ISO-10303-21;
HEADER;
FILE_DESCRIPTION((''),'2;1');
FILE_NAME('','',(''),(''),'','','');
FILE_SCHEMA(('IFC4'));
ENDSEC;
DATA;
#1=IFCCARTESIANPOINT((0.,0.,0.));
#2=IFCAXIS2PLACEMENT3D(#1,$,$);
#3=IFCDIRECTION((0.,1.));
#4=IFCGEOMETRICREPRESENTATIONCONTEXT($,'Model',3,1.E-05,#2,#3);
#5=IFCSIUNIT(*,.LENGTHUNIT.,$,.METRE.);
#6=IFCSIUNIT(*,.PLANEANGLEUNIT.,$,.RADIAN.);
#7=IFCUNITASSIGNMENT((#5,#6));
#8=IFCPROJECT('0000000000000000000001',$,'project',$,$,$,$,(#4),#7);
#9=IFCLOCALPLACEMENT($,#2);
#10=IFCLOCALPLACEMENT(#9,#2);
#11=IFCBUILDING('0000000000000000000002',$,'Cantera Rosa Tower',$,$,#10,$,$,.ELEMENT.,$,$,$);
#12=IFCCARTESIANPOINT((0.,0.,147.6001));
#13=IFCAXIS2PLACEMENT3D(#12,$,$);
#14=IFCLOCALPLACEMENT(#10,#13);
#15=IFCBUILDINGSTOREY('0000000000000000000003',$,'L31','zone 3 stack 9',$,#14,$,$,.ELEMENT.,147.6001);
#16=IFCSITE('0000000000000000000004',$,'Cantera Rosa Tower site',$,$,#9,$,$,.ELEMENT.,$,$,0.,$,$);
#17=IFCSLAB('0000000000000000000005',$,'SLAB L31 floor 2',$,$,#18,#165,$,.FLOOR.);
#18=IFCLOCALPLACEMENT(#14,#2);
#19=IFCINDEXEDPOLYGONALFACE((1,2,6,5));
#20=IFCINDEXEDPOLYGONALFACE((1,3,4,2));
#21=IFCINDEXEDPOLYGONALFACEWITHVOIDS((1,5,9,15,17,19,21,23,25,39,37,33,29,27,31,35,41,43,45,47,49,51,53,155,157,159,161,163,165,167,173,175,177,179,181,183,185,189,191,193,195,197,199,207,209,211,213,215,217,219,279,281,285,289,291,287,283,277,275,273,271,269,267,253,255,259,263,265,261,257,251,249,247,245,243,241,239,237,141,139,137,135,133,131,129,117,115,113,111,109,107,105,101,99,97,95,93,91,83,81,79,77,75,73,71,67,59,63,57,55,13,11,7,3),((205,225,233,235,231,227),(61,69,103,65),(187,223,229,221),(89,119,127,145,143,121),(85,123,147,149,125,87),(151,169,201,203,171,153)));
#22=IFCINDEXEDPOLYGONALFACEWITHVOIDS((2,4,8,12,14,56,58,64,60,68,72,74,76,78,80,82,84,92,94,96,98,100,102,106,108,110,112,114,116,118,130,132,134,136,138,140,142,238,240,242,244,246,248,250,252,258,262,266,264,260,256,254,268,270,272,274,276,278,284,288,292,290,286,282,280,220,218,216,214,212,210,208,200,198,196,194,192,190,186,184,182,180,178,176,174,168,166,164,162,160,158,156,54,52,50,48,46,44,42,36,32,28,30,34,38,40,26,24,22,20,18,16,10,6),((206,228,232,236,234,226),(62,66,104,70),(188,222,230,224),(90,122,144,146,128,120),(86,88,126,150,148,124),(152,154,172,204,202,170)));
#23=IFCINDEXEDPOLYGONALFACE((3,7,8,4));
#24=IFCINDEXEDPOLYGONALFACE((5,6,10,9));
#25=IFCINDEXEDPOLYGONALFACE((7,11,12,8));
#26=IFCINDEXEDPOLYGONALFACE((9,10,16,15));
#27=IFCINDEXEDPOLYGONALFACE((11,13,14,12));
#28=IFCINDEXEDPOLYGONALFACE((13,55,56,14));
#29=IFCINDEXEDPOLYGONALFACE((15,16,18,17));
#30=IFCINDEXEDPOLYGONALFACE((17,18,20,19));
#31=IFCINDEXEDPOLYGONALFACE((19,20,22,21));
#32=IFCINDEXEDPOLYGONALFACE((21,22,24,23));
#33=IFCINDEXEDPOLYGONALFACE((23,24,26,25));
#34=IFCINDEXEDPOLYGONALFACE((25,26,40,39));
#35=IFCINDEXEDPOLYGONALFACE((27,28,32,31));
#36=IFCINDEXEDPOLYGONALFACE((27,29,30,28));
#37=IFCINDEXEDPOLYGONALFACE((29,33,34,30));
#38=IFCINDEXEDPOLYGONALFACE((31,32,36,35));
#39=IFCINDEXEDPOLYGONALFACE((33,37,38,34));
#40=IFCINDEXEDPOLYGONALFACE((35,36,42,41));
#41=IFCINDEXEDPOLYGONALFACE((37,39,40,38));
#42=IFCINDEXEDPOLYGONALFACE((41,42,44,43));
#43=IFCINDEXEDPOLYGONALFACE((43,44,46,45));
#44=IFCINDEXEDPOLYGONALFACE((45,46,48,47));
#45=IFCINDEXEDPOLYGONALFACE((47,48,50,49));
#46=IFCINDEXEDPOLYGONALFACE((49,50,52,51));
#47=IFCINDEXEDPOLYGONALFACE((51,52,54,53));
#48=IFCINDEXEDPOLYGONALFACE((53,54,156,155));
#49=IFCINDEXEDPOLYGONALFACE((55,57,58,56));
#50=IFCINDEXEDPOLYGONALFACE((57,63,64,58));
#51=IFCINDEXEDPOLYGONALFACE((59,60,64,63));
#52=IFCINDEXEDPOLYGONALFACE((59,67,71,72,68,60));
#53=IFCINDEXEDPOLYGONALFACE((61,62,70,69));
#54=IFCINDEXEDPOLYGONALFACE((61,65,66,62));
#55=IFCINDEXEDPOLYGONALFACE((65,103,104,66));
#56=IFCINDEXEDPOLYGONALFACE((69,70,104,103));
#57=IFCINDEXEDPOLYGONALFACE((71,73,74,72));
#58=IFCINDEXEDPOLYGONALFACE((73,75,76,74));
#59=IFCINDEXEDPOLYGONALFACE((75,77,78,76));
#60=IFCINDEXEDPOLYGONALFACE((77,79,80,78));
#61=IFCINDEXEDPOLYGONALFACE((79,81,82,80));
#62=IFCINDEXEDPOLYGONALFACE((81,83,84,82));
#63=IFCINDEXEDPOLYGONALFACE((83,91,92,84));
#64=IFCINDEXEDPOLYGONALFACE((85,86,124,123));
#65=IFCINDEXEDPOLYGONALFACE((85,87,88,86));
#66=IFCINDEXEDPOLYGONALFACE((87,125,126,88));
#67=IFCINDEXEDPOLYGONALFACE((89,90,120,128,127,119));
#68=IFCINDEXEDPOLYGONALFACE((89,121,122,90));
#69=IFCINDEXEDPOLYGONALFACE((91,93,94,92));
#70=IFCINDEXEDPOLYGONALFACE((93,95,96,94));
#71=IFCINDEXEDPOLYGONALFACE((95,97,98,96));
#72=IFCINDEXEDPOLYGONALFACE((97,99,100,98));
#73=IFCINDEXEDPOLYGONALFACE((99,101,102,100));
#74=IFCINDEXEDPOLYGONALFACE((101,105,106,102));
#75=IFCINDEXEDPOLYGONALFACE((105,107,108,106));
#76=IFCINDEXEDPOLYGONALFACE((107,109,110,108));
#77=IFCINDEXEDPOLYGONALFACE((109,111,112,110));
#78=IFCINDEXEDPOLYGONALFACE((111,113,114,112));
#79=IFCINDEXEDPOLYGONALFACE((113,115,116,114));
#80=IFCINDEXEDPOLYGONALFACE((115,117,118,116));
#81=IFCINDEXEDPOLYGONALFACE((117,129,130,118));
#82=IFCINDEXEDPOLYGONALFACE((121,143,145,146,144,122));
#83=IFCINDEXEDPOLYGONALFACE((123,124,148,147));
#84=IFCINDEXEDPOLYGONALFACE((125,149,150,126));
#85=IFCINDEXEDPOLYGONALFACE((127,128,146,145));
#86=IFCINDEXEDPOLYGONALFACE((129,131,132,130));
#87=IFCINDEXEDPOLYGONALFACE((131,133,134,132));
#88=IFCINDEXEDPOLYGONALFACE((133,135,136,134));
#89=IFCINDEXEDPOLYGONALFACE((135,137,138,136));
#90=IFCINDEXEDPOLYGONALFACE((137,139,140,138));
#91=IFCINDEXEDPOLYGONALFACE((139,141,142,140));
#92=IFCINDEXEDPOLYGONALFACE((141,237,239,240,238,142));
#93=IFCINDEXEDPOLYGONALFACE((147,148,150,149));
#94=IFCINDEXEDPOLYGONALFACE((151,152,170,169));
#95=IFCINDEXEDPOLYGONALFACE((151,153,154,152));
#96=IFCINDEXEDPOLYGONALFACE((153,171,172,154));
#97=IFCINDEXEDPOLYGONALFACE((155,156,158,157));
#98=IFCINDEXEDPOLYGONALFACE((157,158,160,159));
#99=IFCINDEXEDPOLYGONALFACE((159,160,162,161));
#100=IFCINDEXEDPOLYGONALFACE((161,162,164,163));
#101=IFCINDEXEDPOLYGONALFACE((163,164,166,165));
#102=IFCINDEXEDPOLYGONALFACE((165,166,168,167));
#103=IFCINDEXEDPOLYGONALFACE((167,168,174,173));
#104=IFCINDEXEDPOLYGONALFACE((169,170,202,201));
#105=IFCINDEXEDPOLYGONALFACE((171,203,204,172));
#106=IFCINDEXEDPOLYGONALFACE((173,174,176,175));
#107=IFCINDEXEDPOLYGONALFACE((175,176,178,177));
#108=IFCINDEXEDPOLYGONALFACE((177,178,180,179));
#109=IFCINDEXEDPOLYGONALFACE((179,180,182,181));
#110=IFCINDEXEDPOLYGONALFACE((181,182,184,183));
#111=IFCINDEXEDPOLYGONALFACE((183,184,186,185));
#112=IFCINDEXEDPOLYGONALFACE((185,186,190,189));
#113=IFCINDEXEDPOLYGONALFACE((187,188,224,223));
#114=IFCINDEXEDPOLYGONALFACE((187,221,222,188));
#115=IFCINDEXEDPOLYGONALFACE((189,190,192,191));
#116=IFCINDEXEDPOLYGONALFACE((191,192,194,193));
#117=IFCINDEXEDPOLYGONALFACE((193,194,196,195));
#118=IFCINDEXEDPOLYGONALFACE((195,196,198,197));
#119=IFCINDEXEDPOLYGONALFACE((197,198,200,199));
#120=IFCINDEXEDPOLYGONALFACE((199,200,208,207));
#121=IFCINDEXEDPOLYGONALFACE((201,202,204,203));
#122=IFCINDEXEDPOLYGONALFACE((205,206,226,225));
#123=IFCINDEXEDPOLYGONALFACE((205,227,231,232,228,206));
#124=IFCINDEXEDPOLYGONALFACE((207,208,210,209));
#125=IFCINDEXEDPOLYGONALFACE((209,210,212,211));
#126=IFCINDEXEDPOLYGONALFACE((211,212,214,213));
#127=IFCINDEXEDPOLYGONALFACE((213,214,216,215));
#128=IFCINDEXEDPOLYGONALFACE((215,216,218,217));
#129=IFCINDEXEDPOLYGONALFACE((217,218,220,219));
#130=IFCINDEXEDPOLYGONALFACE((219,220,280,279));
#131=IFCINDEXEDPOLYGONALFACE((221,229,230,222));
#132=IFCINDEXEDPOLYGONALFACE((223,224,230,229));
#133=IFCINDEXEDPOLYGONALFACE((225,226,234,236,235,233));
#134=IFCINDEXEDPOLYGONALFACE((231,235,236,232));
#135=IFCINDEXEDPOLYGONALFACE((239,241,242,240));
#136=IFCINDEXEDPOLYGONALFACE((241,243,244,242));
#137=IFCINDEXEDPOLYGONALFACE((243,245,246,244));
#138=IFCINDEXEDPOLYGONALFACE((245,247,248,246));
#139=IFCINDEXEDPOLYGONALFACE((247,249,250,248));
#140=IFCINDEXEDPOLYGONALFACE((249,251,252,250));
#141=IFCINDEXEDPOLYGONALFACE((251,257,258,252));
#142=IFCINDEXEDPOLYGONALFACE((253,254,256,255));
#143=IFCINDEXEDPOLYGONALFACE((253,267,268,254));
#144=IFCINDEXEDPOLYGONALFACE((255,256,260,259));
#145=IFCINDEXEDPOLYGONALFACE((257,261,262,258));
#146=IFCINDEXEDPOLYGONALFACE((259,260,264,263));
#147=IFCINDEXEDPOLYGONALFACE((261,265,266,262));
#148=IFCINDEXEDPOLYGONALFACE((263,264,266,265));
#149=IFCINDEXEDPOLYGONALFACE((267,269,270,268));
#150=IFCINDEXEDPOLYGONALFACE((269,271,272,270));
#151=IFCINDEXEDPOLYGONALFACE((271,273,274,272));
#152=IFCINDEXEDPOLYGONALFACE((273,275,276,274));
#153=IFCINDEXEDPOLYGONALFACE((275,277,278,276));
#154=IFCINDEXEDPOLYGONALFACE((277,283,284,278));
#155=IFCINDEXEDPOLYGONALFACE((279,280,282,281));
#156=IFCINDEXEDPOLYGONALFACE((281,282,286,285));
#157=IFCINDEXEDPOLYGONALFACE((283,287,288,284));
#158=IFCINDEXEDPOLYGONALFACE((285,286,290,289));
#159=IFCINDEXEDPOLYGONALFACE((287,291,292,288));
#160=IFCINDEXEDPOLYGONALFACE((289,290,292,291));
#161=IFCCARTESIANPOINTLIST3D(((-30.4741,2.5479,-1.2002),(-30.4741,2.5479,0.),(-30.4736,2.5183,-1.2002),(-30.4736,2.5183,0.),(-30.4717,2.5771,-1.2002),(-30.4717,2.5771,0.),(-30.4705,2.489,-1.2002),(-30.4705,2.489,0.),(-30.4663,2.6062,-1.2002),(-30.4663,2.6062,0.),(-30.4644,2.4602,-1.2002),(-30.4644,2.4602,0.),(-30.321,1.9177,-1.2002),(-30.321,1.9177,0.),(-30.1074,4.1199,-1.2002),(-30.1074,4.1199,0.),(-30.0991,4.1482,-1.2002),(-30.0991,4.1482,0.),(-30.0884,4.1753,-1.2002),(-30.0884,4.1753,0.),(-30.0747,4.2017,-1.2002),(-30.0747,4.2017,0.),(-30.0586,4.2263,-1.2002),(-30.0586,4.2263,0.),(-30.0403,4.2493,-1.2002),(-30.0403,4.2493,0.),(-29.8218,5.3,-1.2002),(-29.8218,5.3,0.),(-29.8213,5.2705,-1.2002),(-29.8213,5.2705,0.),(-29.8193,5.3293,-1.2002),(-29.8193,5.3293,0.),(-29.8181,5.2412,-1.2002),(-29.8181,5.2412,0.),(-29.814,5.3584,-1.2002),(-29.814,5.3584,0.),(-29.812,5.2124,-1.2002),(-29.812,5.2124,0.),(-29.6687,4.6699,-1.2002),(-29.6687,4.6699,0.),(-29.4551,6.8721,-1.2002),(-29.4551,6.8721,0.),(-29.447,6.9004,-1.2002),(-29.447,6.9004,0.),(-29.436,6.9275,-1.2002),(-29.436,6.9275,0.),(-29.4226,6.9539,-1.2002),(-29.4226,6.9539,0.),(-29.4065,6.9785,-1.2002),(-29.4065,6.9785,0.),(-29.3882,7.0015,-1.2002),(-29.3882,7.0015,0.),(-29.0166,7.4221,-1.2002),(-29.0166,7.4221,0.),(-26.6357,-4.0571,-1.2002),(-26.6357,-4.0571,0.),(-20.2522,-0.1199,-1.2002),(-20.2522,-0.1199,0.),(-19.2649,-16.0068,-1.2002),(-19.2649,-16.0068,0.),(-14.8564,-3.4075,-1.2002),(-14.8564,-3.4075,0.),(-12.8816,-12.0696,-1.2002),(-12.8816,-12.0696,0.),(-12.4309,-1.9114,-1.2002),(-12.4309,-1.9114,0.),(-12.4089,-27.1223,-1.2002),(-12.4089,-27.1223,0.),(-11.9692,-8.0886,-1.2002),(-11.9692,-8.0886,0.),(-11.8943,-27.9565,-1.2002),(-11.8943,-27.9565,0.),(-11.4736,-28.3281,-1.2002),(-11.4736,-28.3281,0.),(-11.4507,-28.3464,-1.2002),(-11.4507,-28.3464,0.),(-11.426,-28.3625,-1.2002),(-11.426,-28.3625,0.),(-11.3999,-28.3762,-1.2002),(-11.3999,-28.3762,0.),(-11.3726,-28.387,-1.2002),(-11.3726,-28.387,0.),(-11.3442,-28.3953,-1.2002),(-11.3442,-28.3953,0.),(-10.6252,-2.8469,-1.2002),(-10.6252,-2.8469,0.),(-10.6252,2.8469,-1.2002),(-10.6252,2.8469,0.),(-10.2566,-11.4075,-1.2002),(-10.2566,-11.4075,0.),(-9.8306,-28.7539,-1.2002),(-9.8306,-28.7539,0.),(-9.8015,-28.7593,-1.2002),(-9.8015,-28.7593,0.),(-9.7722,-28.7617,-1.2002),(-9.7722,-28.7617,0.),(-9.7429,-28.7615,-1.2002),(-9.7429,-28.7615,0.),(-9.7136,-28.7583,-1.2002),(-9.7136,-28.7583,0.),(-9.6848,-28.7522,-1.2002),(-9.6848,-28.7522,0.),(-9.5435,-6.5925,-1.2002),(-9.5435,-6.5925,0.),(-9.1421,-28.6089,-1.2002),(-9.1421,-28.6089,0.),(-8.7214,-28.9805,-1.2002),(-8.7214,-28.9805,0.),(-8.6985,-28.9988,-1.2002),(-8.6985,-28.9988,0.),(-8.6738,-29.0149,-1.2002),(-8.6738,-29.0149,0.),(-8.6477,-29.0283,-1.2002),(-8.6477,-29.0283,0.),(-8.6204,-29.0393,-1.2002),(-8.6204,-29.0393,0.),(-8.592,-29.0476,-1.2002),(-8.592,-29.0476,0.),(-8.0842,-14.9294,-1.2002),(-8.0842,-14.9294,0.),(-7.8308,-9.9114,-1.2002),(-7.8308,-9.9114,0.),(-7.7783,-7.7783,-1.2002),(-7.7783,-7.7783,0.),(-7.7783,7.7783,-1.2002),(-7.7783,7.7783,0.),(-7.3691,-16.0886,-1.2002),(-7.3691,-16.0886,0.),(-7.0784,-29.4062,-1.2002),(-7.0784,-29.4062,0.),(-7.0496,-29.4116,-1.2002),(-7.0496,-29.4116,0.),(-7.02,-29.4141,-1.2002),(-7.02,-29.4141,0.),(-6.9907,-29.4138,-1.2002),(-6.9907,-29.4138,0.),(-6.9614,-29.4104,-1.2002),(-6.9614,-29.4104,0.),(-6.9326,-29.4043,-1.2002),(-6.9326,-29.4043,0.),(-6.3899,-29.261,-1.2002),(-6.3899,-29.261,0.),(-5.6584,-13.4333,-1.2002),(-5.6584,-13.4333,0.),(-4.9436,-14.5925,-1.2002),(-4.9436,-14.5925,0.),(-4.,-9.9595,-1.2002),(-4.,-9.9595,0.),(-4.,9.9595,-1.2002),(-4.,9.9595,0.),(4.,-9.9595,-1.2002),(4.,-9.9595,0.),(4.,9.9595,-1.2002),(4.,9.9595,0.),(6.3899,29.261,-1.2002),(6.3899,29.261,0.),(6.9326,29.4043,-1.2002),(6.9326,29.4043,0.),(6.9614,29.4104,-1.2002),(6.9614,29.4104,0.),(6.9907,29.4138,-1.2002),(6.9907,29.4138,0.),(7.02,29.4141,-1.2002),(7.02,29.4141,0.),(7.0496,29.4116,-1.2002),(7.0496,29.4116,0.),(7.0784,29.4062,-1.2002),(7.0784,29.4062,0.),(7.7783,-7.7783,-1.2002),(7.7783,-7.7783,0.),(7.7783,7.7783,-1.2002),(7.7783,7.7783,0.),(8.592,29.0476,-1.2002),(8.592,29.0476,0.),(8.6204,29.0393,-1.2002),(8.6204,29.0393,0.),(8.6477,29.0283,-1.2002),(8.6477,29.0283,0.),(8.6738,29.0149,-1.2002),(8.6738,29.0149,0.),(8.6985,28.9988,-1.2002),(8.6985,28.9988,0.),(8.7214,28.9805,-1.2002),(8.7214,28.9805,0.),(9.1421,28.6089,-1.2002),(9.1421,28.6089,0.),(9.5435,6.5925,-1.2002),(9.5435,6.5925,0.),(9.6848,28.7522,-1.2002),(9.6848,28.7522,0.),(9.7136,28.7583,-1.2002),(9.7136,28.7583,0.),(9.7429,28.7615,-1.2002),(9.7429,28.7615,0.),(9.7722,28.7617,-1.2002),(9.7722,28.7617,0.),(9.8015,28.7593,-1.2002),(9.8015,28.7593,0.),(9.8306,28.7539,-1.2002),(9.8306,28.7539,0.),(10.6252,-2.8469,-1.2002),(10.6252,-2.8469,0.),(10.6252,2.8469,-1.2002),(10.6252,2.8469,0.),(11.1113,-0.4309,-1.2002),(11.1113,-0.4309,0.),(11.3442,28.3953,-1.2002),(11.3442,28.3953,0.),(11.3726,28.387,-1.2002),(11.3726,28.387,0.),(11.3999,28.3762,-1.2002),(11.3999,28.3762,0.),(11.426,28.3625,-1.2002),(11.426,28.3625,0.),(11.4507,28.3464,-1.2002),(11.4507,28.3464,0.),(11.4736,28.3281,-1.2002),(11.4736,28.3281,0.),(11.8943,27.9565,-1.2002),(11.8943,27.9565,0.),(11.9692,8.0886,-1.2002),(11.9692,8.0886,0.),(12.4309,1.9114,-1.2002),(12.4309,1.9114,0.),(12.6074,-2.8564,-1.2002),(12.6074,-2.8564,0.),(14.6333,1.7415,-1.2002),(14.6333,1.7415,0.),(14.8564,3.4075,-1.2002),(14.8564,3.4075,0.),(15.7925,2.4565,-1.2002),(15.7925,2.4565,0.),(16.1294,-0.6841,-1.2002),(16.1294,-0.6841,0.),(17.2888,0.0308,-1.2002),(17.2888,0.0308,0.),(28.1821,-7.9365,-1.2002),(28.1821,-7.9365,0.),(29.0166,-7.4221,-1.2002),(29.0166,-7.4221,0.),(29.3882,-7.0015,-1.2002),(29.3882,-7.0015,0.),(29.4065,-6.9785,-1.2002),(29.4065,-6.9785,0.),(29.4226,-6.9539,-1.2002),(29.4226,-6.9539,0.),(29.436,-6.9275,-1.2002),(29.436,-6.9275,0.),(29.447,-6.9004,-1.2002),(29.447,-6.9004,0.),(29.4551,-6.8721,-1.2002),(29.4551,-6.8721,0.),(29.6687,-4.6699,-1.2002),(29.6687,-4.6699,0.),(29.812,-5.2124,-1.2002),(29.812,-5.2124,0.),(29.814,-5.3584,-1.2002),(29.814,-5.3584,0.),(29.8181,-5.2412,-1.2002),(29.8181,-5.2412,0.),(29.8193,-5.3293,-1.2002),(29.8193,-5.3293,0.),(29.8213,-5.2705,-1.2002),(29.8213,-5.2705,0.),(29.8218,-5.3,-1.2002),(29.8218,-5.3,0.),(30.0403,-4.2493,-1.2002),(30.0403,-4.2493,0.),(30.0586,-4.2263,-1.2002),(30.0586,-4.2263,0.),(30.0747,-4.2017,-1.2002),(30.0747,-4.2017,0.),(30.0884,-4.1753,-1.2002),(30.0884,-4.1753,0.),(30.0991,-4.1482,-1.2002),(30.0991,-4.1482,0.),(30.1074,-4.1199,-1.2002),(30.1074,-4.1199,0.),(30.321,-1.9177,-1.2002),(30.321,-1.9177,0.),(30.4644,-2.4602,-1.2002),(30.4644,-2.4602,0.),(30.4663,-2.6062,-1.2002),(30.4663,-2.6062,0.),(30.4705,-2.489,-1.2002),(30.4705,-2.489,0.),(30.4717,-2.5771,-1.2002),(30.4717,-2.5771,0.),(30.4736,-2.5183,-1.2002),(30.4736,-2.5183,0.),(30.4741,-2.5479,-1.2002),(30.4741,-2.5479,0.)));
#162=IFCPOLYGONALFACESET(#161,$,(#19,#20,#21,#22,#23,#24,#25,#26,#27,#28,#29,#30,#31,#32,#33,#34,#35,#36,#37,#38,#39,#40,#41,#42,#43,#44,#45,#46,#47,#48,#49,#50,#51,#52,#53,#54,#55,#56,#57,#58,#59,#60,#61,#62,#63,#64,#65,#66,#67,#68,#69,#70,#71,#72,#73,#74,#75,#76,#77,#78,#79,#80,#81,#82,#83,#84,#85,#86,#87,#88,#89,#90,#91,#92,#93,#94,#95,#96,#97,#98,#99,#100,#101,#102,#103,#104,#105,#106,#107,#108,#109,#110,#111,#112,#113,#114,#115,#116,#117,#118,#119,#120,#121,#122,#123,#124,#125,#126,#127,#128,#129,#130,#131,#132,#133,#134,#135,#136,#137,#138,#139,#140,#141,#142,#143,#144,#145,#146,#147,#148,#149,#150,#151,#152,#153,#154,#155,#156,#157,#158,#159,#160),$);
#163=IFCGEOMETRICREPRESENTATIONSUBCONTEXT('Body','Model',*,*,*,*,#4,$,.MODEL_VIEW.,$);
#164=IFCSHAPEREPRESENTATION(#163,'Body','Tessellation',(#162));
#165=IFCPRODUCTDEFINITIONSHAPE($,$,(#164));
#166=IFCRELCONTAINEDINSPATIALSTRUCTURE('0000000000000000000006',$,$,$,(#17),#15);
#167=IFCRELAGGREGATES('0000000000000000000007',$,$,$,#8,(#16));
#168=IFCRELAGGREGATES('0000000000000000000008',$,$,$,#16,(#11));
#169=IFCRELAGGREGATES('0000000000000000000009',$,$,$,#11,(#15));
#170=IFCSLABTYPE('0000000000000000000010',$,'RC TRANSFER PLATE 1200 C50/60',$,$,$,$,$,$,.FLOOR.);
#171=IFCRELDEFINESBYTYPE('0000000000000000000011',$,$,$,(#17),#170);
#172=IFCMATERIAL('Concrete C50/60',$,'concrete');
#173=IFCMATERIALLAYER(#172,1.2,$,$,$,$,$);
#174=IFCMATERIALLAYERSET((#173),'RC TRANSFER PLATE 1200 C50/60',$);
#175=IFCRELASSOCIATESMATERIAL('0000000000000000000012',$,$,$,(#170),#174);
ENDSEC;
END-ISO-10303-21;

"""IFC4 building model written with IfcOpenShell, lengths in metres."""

from ifc_helpers import new_model, si_unit, direction, frame, origin, place, context, subcontext, project, spatial, polyline, outline, extrude, material, layer, layer_set, type_object, element, save


model = new_model("IFC4")

# Units and contexts
model_context = context("Model", 3, precision=1e-05, world=origin(), true_north=direction((0.0, 1.0)))
body_context = subcontext(model_context, "Body", "Model", "MODEL_VIEW")
ifc_project = project(units=[si_unit("LENGTHUNIT", "METRE"), si_unit("PLANEANGLEUNIT", "RADIAN")], contexts=[model_context])

# Site, building, storey
site_placement = place(None, origin())
site = spatial("IfcSite", under=ifc_project, at=site_placement, Name="Cantera Rosa Tower site", CompositionType="ELEMENT", RefElevation=0.0)
building_placement = place(site_placement, origin())
building = spatial("IfcBuilding", under=site, at=building_placement, Name="Cantera Rosa Tower", CompositionType="ELEMENT")
storey_placement = place(building_placement, frame((0.0, 0.0, 147.6001)))
storey = spatial("IfcBuildingStorey", under=building, at=storey_placement, Name="L31", Description="zone 3 stack 9", CompositionType="ELEMENT", Elevation=147.6001)

# Slab
ifc_material_1 = material(Name="Concrete C50/60", Category="concrete")
ifc_layer_1 = layer(ifc_material_1, 1.2)
ifc_layer_set_1 = layer_set([ifc_layer_1], Name="RC TRANSFER PLATE 1200 C50/60")
slab_type_1 = type_object("IfcSlabType", Name="RC TRANSFER PLATE 1200 C50/60", PredefinedType="FLOOR", material=ifc_layer_set_1)
slab_1_placement = place(storey_placement, frame((0.0, 0.0, -1.2002)))
element("IfcSlab", 1, at=slab_1_placement, inside=storey, type_object=slab_type_1, Name="SLAB L31 floor 2", PredefinedType="FLOOR", context=body_context, shape_type="SweptSolid", body=[
    extrude(outline(polyline([(-8.6738, -29.0149), (-8.6985, -28.9988), (-8.7214, -28.9805), (-9.1421, -28.6089), (-9.6848, -28.7522), (-9.7136, -28.7583), (-9.7429, -28.7615), (-9.7722, -28.7617), (-9.8015, -28.7593), (-9.8306, -28.7539), (-11.3442, -28.3953), (-11.3726, -28.387), (-11.3999, -28.3762), (-11.426, -28.3625), (-11.4507, -28.3464), (-11.4736, -28.3281), (-11.8943, -27.9565), (-12.4089, -27.1223), (-19.2649, -16.0068), (-12.8816, -12.0696), (-20.2522, -0.1199), (-26.6357, -4.0571), (-30.321, 1.9177), (-30.4644, 2.4602), (-30.4705, 2.489), (-30.4736, 2.5183), (-30.4741, 2.5479), (-30.4717, 2.5771), (-30.4663, 2.6062), (-30.1074, 4.1199), (-30.0991, 4.1482), (-30.0884, 4.1753), (-30.0747, 4.2017), (-30.0586, 4.2263), (-30.0403, 4.2493), (-29.6687, 4.6699), (-29.812, 5.2124), (-29.8181, 5.2412), (-29.8213, 5.2705), (-29.8218, 5.3), (-29.8193, 5.3293), (-29.814, 5.3584), (-29.4551, 6.8721), (-29.447, 6.9004), (-29.436, 6.9275), (-29.4226, 6.9539), (-29.4065, 6.9785), (-29.3882, 7.0015), (-29.0166, 7.4221), (6.3899, 29.261), (6.9326, 29.4043), (6.9614, 29.4104), (6.9907, 29.4138), (7.02, 29.4141), (7.0496, 29.4116), (7.0784, 29.4062), (8.592, 29.0476), (8.6204, 29.0393), (8.6477, 29.0283), (8.6738, 29.0149), (8.6985, 28.9988), (8.7214, 28.9805), (9.1421, 28.6089), (9.6848, 28.7522), (9.7136, 28.7583), (9.7429, 28.7615), (9.7722, 28.7617), (9.8015, 28.7593), (9.8306, 28.7539), (11.3442, 28.3953), (11.3726, 28.387), (11.3999, 28.3762), (11.426, 28.3625), (11.4507, 28.3464), (11.4736, 28.3281), (11.8943, 27.9565), (30.321, -1.9177), (30.4644, -2.4602), (30.4705, -2.489), (30.4736, -2.5183), (30.4741, -2.5479), (30.4717, -2.5771), (30.4663, -2.6062), (30.1074, -4.1199), (30.0991, -4.1482), (30.0884, -4.1753), (30.0747, -4.2017), (30.0586, -4.2263), (30.0403, -4.2493), (29.6687, -4.6699), (29.812, -5.2124), (29.8181, -5.2412), (29.8213, -5.2705), (29.8218, -5.3), (29.8193, -5.3293), (29.814, -5.3584), (29.4551, -6.8721), (29.447, -6.9004), (29.436, -6.9275), (29.4226, -6.9539), (29.4065, -6.9785), (29.3882, -7.0015), (29.0166, -7.4221), (28.1821, -7.9365), (-6.3899, -29.261), (-6.9326, -29.4043), (-6.9614, -29.4104), (-6.9907, -29.4138), (-7.02, -29.4141), (-7.0496, -29.4116), (-7.0784, -29.4062), (-8.592, -29.0476), (-8.6204, -29.0393), (-8.6477, -29.0283), (-8.6738, -29.0149)]), holes=[polyline([(-5.6584, -13.4333), (-7.8308, -9.9114), (-10.2566, -11.4075), (-8.0842, -14.9294), (-7.3691, -16.0886), (-4.9436, -14.5925), (-5.6584, -13.4333)]), polyline([(-14.8564, -3.4075), (-11.9692, -8.0886), (-9.5435, -6.5925), (-12.4309, -1.9114), (-14.8564, -3.4075)]), polyline([(-10.6252, 2.8469), (-10.6252, -2.8469), (-7.7783, -7.7783), (-4.0, -9.9595), (-4.0, 9.9595), (-7.7783, 7.7783), (-10.6252, 2.8469)]), polyline([(11.1113, -0.4309), (12.6074, -2.8564), (16.1294, -0.6841), (17.2888, 0.0308), (15.7925, 2.4565), (14.6333, 1.7415), (11.1113, -0.4309)]), polyline([(10.6252, -2.8469), (10.6252, 2.8469), (7.7783, 7.7783), (4.0, 9.9595), (4.0, -9.9595), (7.7783, -7.7783), (10.6252, -2.8469)]), polyline([(14.8564, 3.4075), (11.9692, 8.0886), (9.5435, 6.5925), (12.4309, 1.9114), (14.8564, 3.4075)])]), origin(), (0.0, 0.0, 1.0), 1.2002),
])

save(model, "model.ifc")
